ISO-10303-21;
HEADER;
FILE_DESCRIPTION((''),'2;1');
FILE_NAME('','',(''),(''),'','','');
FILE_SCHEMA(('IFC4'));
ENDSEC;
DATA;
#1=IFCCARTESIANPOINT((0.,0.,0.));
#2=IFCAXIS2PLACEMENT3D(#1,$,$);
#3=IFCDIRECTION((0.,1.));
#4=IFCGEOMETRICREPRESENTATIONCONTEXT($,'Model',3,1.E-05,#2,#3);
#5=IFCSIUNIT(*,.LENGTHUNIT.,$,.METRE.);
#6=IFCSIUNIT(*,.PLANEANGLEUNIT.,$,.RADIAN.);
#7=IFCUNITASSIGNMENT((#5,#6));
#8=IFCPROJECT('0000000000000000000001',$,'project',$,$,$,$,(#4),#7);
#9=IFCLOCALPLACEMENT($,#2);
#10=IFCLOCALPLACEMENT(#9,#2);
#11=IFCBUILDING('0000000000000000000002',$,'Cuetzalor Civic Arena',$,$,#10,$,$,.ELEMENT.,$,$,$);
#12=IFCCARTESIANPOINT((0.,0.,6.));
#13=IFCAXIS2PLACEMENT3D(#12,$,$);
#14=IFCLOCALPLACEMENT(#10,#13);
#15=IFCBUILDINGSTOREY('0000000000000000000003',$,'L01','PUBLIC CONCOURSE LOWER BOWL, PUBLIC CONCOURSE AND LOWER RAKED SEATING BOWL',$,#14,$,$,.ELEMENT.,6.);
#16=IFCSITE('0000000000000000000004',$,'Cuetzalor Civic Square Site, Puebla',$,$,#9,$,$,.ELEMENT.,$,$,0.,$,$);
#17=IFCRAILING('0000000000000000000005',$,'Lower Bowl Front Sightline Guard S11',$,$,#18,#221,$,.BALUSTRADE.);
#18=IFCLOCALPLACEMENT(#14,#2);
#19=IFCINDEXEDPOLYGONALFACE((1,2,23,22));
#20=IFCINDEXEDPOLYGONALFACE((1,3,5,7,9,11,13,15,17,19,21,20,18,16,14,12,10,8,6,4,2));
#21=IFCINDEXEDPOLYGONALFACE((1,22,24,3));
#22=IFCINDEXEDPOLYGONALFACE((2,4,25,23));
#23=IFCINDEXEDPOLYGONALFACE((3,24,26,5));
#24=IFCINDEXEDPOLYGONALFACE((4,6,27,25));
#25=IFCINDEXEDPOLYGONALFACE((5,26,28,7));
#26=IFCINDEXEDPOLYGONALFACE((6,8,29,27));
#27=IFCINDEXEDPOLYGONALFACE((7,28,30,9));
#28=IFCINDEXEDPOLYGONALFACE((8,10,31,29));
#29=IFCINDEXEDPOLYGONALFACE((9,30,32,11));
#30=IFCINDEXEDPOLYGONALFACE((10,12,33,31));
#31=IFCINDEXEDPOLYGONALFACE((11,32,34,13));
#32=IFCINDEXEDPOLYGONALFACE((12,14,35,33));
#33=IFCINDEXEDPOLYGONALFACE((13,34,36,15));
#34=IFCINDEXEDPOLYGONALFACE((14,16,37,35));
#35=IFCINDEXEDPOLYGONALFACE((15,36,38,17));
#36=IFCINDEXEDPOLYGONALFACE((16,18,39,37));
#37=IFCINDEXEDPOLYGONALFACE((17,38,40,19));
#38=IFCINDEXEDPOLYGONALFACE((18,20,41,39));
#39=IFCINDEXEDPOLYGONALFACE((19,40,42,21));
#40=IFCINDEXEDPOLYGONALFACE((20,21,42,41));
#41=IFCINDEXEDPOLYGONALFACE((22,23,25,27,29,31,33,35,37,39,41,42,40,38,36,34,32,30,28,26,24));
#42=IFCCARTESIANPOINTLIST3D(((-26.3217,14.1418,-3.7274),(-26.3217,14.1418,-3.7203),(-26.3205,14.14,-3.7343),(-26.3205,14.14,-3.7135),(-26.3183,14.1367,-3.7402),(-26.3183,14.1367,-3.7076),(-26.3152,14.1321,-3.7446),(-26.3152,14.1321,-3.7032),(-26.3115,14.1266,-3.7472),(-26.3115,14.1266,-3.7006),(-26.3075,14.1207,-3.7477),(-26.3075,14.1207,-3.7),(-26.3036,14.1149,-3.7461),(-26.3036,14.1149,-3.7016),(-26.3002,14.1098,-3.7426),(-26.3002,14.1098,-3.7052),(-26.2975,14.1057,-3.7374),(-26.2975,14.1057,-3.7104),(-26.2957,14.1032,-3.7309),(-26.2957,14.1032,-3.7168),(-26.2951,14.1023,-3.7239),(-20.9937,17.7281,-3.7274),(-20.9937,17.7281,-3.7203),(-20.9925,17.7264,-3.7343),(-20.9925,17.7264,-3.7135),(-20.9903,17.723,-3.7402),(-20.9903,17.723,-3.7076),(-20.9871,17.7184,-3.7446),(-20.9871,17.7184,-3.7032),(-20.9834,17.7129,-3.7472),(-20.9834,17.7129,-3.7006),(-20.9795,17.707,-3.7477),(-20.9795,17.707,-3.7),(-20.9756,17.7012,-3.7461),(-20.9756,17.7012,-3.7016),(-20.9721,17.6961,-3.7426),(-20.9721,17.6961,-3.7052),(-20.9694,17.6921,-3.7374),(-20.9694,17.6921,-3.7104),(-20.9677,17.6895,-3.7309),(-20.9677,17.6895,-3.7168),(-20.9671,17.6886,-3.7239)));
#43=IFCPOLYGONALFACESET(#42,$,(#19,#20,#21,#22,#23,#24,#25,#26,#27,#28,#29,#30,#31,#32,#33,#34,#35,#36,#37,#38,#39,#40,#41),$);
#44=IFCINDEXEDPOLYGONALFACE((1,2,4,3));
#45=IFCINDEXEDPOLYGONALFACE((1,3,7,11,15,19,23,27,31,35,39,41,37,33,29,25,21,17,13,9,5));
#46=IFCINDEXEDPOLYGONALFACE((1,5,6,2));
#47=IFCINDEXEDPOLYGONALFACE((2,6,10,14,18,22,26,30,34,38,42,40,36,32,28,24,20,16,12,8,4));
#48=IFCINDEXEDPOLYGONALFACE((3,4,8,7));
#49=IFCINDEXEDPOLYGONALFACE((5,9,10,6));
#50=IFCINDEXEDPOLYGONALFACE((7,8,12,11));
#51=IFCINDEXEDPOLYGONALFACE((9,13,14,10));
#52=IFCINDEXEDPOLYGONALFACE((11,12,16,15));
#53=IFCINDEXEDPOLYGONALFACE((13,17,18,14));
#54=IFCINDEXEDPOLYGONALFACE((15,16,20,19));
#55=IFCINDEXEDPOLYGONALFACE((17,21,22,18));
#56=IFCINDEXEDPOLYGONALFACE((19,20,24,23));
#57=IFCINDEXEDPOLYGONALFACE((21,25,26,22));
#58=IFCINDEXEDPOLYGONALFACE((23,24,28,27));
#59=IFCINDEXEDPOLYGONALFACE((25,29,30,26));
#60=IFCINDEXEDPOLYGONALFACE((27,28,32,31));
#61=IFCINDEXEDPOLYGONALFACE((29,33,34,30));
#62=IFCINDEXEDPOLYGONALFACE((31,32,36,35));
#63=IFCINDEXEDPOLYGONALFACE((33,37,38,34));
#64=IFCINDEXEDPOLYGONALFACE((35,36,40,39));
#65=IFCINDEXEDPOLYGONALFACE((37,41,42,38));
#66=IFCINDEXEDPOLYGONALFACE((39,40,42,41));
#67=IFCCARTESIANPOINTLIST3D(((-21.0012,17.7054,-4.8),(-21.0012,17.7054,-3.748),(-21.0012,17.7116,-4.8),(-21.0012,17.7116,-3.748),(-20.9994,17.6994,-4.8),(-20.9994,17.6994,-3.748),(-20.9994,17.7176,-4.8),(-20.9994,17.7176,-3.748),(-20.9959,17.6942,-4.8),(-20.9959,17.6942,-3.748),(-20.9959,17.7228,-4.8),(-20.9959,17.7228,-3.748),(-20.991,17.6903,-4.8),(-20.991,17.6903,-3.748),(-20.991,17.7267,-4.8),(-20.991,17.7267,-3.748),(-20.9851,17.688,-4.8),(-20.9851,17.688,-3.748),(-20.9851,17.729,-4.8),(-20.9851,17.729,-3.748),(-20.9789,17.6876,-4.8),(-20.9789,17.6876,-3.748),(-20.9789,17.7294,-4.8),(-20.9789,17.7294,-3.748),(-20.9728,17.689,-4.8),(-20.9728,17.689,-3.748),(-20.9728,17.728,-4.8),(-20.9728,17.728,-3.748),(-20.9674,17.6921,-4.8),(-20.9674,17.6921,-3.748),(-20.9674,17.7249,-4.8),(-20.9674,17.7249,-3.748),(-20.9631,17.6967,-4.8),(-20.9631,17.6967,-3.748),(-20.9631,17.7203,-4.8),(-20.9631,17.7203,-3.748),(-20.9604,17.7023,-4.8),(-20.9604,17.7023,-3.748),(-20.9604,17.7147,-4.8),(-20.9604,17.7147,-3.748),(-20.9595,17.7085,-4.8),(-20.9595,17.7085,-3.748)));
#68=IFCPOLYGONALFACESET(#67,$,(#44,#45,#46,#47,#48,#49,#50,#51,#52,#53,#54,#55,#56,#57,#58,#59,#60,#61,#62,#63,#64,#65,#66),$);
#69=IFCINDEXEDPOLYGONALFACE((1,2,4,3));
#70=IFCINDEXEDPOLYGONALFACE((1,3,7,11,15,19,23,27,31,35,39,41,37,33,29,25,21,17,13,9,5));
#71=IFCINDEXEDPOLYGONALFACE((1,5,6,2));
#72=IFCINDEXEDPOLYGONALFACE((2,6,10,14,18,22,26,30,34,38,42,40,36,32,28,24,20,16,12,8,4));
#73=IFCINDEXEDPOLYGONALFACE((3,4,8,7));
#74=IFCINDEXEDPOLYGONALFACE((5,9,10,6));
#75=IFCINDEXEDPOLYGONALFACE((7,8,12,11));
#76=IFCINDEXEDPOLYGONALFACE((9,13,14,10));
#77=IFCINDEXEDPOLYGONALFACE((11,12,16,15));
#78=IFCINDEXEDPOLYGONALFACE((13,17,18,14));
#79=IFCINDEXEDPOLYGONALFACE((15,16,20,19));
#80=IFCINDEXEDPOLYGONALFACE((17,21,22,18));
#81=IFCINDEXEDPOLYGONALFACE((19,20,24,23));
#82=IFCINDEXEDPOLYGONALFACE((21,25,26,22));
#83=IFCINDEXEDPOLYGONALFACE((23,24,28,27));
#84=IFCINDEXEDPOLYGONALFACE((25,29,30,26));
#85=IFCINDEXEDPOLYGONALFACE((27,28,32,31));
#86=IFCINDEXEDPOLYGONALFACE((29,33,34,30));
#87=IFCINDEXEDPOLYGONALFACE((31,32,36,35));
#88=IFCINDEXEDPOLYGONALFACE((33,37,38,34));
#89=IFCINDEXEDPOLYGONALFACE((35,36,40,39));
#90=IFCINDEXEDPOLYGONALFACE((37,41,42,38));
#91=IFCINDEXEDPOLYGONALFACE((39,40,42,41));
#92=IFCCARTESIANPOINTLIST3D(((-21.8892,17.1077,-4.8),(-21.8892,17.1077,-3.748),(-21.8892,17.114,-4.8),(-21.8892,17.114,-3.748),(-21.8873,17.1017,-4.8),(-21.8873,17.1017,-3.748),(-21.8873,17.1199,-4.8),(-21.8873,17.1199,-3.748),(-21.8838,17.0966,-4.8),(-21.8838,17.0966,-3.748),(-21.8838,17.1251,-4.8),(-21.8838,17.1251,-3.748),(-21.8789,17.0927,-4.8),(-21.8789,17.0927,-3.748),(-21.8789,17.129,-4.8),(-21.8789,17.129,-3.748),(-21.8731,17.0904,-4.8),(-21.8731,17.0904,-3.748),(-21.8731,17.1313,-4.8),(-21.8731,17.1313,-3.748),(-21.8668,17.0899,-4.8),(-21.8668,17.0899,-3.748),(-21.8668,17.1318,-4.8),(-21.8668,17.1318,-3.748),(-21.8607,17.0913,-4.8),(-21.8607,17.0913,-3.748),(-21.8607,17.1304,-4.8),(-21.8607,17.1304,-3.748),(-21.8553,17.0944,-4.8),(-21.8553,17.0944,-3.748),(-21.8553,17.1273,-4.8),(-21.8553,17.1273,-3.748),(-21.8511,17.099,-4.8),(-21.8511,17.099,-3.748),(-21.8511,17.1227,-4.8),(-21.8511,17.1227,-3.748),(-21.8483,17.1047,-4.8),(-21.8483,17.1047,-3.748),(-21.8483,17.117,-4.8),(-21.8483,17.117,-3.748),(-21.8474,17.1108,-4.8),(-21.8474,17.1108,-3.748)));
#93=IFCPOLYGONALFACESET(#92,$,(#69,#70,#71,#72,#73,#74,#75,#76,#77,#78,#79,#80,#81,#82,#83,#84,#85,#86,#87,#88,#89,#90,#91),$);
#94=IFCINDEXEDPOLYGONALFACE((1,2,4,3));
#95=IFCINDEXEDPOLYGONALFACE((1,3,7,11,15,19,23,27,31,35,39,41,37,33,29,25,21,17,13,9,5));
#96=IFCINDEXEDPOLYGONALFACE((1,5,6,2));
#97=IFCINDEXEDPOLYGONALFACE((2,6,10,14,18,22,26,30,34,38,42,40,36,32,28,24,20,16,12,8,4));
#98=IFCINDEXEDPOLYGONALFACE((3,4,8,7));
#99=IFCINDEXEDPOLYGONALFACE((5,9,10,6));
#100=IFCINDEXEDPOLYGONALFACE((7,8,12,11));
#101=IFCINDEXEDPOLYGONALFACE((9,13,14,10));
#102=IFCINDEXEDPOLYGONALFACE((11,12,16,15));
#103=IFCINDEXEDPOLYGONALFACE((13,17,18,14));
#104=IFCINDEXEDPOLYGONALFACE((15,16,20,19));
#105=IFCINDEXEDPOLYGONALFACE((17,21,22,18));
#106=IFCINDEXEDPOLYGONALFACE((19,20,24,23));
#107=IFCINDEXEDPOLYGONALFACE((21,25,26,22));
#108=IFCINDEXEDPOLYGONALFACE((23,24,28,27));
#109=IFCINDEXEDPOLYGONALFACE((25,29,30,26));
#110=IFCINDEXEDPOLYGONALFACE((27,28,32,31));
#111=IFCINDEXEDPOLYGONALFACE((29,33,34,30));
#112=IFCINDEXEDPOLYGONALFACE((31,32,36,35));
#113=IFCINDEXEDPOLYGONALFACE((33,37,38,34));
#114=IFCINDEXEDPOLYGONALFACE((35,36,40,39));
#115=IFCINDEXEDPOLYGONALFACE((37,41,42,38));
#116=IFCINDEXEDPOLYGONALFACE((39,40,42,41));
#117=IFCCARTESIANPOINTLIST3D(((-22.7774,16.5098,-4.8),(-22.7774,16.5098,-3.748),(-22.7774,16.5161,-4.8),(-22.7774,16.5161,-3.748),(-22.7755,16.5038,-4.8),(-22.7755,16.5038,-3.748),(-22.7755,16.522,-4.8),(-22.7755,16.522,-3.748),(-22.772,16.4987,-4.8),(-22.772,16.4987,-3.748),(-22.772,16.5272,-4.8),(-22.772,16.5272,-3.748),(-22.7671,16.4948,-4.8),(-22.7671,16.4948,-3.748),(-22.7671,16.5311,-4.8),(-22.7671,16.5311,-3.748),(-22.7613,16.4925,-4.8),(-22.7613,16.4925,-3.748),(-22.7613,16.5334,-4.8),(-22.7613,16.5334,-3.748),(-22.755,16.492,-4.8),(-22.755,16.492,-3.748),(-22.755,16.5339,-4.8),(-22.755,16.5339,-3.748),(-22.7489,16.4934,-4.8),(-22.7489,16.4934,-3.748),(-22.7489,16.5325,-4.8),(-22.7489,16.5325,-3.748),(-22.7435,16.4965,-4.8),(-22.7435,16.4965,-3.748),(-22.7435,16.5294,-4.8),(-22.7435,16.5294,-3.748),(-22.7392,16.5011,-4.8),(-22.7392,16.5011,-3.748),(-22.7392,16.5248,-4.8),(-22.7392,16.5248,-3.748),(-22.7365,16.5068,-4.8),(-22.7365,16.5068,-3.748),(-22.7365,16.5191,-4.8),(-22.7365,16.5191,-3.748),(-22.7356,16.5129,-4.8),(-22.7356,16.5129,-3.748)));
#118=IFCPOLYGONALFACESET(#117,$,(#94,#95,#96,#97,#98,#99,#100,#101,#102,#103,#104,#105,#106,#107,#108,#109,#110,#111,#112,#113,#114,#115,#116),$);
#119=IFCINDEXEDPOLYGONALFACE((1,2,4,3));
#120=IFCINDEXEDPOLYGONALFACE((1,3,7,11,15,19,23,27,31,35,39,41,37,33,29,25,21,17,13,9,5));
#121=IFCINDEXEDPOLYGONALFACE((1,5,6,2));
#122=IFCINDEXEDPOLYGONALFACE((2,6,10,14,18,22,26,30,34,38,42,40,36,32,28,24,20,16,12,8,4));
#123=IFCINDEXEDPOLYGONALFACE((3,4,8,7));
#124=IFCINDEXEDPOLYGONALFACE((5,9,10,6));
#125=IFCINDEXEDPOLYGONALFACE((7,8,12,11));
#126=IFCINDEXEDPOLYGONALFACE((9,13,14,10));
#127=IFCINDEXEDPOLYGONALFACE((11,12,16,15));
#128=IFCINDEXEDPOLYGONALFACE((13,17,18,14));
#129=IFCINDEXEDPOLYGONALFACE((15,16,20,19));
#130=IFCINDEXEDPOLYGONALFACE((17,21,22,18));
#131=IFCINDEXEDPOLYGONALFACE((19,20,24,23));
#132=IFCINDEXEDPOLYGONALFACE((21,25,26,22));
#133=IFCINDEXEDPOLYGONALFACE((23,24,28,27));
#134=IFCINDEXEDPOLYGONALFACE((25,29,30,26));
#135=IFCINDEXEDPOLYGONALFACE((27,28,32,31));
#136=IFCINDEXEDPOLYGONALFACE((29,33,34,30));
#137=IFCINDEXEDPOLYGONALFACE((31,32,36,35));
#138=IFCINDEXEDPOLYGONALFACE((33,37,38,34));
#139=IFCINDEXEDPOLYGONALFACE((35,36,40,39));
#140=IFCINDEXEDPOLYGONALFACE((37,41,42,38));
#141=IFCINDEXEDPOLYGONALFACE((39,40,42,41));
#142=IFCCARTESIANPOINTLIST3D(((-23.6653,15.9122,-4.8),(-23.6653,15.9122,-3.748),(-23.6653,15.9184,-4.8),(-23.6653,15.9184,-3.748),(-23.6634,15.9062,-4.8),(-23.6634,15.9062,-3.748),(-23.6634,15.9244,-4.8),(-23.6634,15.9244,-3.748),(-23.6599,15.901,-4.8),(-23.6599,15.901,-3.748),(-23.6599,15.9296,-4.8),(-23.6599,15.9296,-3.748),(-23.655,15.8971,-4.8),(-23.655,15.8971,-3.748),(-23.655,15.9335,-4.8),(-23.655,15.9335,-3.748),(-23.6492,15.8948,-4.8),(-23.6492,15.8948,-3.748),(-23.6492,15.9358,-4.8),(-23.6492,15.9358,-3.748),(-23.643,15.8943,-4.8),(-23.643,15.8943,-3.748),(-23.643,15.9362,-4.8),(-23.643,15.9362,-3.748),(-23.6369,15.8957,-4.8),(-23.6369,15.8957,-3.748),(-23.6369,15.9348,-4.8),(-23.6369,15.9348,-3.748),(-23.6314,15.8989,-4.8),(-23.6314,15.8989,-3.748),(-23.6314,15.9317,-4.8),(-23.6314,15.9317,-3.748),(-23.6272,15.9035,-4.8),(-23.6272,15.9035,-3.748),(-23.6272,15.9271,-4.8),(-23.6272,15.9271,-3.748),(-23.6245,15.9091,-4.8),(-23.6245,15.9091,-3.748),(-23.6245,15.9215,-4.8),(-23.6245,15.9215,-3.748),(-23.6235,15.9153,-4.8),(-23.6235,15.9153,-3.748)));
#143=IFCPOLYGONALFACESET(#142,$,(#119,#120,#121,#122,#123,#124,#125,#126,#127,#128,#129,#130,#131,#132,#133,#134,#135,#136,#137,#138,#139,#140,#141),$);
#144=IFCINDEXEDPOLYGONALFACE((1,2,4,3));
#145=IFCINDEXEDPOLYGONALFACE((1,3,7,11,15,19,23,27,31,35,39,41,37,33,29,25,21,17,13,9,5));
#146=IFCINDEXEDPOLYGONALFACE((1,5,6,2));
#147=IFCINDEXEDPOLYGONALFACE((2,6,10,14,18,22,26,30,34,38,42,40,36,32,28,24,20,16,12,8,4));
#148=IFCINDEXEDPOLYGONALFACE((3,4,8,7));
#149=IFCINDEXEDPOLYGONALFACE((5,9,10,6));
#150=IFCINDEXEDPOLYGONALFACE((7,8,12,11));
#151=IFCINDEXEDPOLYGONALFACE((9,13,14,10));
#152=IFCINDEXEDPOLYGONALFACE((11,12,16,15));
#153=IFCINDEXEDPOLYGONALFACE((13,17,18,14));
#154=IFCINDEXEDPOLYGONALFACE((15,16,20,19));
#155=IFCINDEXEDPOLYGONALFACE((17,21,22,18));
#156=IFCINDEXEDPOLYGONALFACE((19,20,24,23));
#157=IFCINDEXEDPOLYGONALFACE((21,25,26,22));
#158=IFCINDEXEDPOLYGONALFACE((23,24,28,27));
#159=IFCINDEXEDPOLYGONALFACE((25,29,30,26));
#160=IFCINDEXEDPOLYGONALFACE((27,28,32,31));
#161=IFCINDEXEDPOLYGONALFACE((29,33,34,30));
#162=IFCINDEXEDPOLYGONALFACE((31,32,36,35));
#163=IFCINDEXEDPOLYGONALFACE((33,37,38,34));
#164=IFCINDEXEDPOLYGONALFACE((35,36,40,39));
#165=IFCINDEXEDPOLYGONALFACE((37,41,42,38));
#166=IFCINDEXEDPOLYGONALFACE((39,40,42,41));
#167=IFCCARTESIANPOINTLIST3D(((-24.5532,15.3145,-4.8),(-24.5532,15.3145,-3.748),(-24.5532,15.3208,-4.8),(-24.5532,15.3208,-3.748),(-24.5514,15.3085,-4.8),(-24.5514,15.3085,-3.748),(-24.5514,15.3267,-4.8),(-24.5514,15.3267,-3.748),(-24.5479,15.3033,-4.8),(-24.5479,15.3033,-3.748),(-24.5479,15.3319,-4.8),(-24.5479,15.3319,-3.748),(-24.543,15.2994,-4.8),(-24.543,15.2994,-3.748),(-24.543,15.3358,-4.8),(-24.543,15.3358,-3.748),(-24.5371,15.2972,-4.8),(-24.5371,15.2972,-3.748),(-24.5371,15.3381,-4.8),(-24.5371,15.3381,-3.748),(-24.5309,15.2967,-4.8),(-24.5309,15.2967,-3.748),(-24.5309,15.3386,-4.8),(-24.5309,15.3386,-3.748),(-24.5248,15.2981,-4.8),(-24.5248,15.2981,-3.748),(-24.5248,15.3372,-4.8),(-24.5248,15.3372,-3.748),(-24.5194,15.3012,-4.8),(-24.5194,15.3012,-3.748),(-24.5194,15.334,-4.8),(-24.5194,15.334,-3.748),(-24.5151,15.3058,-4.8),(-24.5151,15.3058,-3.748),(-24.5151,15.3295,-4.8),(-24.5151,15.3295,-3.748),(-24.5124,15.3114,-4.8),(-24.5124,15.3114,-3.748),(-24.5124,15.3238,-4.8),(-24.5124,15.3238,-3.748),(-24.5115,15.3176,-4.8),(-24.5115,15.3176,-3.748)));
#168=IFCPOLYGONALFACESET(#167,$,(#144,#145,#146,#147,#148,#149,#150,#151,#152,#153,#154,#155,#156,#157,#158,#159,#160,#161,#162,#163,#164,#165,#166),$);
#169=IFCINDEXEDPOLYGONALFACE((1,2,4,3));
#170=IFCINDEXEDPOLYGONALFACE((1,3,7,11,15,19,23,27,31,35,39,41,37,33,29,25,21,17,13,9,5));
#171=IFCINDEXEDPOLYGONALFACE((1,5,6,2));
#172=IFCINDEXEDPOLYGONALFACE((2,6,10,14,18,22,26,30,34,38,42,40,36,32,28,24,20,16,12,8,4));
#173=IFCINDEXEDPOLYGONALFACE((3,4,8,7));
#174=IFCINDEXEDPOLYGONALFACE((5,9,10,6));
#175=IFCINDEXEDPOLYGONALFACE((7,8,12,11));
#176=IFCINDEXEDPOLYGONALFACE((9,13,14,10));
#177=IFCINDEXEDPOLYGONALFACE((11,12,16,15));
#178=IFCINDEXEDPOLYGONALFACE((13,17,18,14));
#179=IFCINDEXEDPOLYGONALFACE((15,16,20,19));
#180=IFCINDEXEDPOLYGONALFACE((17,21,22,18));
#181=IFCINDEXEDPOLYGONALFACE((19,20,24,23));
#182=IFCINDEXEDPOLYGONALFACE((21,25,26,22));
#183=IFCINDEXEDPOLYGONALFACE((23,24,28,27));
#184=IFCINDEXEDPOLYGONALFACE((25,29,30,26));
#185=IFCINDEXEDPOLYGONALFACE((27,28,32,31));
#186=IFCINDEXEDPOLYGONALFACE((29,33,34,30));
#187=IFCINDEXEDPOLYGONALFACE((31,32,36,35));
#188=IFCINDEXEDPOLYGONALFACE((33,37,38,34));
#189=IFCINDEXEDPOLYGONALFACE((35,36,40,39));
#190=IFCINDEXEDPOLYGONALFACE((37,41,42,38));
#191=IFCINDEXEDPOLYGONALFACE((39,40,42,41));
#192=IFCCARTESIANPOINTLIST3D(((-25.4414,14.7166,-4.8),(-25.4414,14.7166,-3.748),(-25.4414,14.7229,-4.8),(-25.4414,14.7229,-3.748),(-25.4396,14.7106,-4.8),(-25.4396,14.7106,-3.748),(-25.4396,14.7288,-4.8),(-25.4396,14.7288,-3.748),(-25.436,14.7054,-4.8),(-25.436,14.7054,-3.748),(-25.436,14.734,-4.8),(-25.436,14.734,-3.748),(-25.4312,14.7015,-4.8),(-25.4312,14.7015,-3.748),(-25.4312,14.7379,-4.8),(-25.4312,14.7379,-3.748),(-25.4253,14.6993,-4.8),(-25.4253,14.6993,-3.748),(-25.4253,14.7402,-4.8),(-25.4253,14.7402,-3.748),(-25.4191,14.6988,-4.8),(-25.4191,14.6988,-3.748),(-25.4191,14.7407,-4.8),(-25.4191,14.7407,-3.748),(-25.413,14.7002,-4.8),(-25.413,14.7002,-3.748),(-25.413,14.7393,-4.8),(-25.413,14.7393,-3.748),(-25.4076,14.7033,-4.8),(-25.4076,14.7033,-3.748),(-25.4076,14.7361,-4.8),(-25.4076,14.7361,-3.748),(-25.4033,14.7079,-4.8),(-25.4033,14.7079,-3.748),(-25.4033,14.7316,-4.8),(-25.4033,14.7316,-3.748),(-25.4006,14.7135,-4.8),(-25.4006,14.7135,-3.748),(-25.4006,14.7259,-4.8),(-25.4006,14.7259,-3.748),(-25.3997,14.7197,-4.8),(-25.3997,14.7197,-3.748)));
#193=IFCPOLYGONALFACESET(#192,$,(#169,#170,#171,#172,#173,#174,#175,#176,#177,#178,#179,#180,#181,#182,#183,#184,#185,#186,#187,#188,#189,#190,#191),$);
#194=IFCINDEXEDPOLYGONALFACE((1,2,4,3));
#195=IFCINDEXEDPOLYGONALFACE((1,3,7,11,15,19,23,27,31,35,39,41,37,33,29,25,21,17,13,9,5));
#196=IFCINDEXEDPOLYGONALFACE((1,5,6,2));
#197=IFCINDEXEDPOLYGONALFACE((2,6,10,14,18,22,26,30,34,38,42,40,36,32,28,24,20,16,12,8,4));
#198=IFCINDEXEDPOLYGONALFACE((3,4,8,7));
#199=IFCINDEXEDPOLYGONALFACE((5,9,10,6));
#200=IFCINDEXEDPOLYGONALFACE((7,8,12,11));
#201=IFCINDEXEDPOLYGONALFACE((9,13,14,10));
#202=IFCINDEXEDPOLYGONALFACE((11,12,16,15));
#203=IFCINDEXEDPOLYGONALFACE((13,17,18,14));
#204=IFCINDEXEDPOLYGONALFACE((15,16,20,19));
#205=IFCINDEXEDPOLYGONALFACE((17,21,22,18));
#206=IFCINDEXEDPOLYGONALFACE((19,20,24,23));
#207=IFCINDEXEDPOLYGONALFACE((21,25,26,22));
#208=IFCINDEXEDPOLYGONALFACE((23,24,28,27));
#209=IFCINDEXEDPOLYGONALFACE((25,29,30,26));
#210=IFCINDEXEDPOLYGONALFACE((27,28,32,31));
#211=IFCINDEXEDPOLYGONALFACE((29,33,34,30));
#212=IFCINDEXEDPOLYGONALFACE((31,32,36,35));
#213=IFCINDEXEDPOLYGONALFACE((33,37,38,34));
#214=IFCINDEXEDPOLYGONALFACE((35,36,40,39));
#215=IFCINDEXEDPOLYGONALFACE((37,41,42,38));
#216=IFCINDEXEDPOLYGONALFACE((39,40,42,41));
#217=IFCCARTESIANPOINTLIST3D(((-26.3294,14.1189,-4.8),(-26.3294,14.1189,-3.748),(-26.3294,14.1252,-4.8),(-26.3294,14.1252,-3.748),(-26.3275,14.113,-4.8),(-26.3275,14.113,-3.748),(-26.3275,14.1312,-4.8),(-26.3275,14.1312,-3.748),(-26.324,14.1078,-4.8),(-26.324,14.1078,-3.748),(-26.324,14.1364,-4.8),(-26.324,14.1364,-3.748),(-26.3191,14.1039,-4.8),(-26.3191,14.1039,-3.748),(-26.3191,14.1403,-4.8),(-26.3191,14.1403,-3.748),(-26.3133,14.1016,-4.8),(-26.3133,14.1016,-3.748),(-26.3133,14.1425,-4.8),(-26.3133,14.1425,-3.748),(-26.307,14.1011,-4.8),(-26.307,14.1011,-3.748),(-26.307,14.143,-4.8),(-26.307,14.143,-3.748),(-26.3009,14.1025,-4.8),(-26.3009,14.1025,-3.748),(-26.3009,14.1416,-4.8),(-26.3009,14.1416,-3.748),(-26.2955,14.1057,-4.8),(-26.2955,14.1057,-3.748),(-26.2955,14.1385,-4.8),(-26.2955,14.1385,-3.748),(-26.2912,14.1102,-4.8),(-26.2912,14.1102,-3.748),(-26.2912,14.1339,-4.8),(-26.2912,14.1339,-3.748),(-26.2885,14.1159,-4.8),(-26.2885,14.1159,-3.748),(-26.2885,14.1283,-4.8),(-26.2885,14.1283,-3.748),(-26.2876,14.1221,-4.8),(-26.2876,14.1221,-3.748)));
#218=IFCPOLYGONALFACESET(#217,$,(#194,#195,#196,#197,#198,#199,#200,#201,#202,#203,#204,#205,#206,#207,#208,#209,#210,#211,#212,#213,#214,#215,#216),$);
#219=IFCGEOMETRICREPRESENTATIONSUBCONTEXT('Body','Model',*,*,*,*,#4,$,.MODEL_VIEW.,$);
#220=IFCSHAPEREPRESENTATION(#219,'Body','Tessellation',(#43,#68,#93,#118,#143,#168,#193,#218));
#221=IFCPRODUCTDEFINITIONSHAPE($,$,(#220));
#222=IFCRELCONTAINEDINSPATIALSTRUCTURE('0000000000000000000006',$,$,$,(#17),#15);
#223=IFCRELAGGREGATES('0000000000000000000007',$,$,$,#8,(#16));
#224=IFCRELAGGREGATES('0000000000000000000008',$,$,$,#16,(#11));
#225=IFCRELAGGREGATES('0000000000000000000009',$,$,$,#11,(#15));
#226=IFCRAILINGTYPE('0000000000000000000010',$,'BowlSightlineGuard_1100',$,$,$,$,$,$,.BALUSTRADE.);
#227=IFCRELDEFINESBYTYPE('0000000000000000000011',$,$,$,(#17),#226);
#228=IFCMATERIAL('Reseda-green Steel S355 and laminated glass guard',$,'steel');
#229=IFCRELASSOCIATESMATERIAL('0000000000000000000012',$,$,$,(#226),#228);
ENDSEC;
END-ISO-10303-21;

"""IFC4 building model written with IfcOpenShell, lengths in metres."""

from ifc_helpers import new_model, si_unit, direction, frame, origin, origin_2d, place, context, subcontext, project, spatial, circle, extrude, material, type_object, element, save


model = new_model("IFC4")

# Units and contexts
model_context = context("Model", 3, precision=1e-05, world=origin(), true_north=direction((0.0, 1.0)))
body_context = subcontext(model_context, "Body", "Model", "MODEL_VIEW")
ifc_project = project(units=[si_unit("LENGTHUNIT", "METRE"), si_unit("PLANEANGLEUNIT", "RADIAN")], contexts=[model_context])

# Site, building, storey
site_placement = place(None, origin())
site = spatial("IfcSite", under=ifc_project, at=site_placement, Name="Cuetzalor Civic Square Site, Puebla", CompositionType="ELEMENT", RefElevation=0.0)
building_placement = place(site_placement, origin())
building = spatial("IfcBuilding", under=site, at=building_placement, Name="Cuetzalor Civic Arena", CompositionType="ELEMENT")
storey_placement = place(building_placement, frame((0.0, 0.0, 6.0)))
storey = spatial("IfcBuildingStorey", under=building, at=storey_placement, Name="L01", Description="PUBLIC CONCOURSE LOWER BOWL, PUBLIC CONCOURSE AND LOWER RAKED SEATING BOWL", CompositionType="ELEMENT", Elevation=6.0)

# Railing
ifc_material_1 = material(Name="Reseda-green Steel S355 and laminated glass guard", Category="steel")
railing_type = type_object("IfcRailingType", Name="BowlSightlineGuard_1100", PredefinedType="BALUSTRADE", material=ifc_material_1)
railing_1_placement = place(storey_placement, frame((-20.9805, 17.7085, -4.8)))
element("IfcRailing", 1, at=railing_1_placement, inside=storey, type_object=railing_type, Name="Lower Bowl Front Sightline Guard S11", PredefinedType="BALUSTRADE", context=body_context, shape_type="SweptSolid", body=[
    extrude(circle(Radius=0.0239, at=origin_2d()), frame((0.0, 0.0, 1.0762), z_axis=(-0.829574, -0.558396, 0.0), x_axis=(0.558396, -0.829574, 0.0)), (0.0, 0.0, 1.0), 6.4226),
    extrude(circle(Radius=0.021, at=origin_2d()), origin(), (0.0, 0.0, 1.0), 1.052),
    extrude(circle(Radius=0.021, at=origin_2d()), frame((-0.8879, -0.5977, 0.0)), (0.0, 0.0, 1.0), 1.052),
    extrude(circle(Radius=0.021, at=origin_2d()), frame((-1.7761, -1.1956, 0.0)), (0.0, 0.0, 1.0), 1.052),
    extrude(circle(Radius=0.021, at=origin_2d()), frame((-2.6641, -1.7932, 0.0)), (0.0, 0.0, 1.0), 1.052),
    extrude(circle(Radius=0.021, at=origin_2d()), frame((-3.552, -2.3909, 0.0)), (0.0, 0.0, 1.0), 1.052),
    extrude(circle(Radius=0.021, at=origin_2d()), frame((-4.4402, -2.9888, 0.0)), (0.0, 0.0, 1.0), 1.052),
    extrude(circle(Radius=0.021, at=origin_2d()), frame((-5.3281, -3.5864, 0.0)), (0.0, 0.0, 1.0), 1.052),
])

save(model, "model.ifc")
